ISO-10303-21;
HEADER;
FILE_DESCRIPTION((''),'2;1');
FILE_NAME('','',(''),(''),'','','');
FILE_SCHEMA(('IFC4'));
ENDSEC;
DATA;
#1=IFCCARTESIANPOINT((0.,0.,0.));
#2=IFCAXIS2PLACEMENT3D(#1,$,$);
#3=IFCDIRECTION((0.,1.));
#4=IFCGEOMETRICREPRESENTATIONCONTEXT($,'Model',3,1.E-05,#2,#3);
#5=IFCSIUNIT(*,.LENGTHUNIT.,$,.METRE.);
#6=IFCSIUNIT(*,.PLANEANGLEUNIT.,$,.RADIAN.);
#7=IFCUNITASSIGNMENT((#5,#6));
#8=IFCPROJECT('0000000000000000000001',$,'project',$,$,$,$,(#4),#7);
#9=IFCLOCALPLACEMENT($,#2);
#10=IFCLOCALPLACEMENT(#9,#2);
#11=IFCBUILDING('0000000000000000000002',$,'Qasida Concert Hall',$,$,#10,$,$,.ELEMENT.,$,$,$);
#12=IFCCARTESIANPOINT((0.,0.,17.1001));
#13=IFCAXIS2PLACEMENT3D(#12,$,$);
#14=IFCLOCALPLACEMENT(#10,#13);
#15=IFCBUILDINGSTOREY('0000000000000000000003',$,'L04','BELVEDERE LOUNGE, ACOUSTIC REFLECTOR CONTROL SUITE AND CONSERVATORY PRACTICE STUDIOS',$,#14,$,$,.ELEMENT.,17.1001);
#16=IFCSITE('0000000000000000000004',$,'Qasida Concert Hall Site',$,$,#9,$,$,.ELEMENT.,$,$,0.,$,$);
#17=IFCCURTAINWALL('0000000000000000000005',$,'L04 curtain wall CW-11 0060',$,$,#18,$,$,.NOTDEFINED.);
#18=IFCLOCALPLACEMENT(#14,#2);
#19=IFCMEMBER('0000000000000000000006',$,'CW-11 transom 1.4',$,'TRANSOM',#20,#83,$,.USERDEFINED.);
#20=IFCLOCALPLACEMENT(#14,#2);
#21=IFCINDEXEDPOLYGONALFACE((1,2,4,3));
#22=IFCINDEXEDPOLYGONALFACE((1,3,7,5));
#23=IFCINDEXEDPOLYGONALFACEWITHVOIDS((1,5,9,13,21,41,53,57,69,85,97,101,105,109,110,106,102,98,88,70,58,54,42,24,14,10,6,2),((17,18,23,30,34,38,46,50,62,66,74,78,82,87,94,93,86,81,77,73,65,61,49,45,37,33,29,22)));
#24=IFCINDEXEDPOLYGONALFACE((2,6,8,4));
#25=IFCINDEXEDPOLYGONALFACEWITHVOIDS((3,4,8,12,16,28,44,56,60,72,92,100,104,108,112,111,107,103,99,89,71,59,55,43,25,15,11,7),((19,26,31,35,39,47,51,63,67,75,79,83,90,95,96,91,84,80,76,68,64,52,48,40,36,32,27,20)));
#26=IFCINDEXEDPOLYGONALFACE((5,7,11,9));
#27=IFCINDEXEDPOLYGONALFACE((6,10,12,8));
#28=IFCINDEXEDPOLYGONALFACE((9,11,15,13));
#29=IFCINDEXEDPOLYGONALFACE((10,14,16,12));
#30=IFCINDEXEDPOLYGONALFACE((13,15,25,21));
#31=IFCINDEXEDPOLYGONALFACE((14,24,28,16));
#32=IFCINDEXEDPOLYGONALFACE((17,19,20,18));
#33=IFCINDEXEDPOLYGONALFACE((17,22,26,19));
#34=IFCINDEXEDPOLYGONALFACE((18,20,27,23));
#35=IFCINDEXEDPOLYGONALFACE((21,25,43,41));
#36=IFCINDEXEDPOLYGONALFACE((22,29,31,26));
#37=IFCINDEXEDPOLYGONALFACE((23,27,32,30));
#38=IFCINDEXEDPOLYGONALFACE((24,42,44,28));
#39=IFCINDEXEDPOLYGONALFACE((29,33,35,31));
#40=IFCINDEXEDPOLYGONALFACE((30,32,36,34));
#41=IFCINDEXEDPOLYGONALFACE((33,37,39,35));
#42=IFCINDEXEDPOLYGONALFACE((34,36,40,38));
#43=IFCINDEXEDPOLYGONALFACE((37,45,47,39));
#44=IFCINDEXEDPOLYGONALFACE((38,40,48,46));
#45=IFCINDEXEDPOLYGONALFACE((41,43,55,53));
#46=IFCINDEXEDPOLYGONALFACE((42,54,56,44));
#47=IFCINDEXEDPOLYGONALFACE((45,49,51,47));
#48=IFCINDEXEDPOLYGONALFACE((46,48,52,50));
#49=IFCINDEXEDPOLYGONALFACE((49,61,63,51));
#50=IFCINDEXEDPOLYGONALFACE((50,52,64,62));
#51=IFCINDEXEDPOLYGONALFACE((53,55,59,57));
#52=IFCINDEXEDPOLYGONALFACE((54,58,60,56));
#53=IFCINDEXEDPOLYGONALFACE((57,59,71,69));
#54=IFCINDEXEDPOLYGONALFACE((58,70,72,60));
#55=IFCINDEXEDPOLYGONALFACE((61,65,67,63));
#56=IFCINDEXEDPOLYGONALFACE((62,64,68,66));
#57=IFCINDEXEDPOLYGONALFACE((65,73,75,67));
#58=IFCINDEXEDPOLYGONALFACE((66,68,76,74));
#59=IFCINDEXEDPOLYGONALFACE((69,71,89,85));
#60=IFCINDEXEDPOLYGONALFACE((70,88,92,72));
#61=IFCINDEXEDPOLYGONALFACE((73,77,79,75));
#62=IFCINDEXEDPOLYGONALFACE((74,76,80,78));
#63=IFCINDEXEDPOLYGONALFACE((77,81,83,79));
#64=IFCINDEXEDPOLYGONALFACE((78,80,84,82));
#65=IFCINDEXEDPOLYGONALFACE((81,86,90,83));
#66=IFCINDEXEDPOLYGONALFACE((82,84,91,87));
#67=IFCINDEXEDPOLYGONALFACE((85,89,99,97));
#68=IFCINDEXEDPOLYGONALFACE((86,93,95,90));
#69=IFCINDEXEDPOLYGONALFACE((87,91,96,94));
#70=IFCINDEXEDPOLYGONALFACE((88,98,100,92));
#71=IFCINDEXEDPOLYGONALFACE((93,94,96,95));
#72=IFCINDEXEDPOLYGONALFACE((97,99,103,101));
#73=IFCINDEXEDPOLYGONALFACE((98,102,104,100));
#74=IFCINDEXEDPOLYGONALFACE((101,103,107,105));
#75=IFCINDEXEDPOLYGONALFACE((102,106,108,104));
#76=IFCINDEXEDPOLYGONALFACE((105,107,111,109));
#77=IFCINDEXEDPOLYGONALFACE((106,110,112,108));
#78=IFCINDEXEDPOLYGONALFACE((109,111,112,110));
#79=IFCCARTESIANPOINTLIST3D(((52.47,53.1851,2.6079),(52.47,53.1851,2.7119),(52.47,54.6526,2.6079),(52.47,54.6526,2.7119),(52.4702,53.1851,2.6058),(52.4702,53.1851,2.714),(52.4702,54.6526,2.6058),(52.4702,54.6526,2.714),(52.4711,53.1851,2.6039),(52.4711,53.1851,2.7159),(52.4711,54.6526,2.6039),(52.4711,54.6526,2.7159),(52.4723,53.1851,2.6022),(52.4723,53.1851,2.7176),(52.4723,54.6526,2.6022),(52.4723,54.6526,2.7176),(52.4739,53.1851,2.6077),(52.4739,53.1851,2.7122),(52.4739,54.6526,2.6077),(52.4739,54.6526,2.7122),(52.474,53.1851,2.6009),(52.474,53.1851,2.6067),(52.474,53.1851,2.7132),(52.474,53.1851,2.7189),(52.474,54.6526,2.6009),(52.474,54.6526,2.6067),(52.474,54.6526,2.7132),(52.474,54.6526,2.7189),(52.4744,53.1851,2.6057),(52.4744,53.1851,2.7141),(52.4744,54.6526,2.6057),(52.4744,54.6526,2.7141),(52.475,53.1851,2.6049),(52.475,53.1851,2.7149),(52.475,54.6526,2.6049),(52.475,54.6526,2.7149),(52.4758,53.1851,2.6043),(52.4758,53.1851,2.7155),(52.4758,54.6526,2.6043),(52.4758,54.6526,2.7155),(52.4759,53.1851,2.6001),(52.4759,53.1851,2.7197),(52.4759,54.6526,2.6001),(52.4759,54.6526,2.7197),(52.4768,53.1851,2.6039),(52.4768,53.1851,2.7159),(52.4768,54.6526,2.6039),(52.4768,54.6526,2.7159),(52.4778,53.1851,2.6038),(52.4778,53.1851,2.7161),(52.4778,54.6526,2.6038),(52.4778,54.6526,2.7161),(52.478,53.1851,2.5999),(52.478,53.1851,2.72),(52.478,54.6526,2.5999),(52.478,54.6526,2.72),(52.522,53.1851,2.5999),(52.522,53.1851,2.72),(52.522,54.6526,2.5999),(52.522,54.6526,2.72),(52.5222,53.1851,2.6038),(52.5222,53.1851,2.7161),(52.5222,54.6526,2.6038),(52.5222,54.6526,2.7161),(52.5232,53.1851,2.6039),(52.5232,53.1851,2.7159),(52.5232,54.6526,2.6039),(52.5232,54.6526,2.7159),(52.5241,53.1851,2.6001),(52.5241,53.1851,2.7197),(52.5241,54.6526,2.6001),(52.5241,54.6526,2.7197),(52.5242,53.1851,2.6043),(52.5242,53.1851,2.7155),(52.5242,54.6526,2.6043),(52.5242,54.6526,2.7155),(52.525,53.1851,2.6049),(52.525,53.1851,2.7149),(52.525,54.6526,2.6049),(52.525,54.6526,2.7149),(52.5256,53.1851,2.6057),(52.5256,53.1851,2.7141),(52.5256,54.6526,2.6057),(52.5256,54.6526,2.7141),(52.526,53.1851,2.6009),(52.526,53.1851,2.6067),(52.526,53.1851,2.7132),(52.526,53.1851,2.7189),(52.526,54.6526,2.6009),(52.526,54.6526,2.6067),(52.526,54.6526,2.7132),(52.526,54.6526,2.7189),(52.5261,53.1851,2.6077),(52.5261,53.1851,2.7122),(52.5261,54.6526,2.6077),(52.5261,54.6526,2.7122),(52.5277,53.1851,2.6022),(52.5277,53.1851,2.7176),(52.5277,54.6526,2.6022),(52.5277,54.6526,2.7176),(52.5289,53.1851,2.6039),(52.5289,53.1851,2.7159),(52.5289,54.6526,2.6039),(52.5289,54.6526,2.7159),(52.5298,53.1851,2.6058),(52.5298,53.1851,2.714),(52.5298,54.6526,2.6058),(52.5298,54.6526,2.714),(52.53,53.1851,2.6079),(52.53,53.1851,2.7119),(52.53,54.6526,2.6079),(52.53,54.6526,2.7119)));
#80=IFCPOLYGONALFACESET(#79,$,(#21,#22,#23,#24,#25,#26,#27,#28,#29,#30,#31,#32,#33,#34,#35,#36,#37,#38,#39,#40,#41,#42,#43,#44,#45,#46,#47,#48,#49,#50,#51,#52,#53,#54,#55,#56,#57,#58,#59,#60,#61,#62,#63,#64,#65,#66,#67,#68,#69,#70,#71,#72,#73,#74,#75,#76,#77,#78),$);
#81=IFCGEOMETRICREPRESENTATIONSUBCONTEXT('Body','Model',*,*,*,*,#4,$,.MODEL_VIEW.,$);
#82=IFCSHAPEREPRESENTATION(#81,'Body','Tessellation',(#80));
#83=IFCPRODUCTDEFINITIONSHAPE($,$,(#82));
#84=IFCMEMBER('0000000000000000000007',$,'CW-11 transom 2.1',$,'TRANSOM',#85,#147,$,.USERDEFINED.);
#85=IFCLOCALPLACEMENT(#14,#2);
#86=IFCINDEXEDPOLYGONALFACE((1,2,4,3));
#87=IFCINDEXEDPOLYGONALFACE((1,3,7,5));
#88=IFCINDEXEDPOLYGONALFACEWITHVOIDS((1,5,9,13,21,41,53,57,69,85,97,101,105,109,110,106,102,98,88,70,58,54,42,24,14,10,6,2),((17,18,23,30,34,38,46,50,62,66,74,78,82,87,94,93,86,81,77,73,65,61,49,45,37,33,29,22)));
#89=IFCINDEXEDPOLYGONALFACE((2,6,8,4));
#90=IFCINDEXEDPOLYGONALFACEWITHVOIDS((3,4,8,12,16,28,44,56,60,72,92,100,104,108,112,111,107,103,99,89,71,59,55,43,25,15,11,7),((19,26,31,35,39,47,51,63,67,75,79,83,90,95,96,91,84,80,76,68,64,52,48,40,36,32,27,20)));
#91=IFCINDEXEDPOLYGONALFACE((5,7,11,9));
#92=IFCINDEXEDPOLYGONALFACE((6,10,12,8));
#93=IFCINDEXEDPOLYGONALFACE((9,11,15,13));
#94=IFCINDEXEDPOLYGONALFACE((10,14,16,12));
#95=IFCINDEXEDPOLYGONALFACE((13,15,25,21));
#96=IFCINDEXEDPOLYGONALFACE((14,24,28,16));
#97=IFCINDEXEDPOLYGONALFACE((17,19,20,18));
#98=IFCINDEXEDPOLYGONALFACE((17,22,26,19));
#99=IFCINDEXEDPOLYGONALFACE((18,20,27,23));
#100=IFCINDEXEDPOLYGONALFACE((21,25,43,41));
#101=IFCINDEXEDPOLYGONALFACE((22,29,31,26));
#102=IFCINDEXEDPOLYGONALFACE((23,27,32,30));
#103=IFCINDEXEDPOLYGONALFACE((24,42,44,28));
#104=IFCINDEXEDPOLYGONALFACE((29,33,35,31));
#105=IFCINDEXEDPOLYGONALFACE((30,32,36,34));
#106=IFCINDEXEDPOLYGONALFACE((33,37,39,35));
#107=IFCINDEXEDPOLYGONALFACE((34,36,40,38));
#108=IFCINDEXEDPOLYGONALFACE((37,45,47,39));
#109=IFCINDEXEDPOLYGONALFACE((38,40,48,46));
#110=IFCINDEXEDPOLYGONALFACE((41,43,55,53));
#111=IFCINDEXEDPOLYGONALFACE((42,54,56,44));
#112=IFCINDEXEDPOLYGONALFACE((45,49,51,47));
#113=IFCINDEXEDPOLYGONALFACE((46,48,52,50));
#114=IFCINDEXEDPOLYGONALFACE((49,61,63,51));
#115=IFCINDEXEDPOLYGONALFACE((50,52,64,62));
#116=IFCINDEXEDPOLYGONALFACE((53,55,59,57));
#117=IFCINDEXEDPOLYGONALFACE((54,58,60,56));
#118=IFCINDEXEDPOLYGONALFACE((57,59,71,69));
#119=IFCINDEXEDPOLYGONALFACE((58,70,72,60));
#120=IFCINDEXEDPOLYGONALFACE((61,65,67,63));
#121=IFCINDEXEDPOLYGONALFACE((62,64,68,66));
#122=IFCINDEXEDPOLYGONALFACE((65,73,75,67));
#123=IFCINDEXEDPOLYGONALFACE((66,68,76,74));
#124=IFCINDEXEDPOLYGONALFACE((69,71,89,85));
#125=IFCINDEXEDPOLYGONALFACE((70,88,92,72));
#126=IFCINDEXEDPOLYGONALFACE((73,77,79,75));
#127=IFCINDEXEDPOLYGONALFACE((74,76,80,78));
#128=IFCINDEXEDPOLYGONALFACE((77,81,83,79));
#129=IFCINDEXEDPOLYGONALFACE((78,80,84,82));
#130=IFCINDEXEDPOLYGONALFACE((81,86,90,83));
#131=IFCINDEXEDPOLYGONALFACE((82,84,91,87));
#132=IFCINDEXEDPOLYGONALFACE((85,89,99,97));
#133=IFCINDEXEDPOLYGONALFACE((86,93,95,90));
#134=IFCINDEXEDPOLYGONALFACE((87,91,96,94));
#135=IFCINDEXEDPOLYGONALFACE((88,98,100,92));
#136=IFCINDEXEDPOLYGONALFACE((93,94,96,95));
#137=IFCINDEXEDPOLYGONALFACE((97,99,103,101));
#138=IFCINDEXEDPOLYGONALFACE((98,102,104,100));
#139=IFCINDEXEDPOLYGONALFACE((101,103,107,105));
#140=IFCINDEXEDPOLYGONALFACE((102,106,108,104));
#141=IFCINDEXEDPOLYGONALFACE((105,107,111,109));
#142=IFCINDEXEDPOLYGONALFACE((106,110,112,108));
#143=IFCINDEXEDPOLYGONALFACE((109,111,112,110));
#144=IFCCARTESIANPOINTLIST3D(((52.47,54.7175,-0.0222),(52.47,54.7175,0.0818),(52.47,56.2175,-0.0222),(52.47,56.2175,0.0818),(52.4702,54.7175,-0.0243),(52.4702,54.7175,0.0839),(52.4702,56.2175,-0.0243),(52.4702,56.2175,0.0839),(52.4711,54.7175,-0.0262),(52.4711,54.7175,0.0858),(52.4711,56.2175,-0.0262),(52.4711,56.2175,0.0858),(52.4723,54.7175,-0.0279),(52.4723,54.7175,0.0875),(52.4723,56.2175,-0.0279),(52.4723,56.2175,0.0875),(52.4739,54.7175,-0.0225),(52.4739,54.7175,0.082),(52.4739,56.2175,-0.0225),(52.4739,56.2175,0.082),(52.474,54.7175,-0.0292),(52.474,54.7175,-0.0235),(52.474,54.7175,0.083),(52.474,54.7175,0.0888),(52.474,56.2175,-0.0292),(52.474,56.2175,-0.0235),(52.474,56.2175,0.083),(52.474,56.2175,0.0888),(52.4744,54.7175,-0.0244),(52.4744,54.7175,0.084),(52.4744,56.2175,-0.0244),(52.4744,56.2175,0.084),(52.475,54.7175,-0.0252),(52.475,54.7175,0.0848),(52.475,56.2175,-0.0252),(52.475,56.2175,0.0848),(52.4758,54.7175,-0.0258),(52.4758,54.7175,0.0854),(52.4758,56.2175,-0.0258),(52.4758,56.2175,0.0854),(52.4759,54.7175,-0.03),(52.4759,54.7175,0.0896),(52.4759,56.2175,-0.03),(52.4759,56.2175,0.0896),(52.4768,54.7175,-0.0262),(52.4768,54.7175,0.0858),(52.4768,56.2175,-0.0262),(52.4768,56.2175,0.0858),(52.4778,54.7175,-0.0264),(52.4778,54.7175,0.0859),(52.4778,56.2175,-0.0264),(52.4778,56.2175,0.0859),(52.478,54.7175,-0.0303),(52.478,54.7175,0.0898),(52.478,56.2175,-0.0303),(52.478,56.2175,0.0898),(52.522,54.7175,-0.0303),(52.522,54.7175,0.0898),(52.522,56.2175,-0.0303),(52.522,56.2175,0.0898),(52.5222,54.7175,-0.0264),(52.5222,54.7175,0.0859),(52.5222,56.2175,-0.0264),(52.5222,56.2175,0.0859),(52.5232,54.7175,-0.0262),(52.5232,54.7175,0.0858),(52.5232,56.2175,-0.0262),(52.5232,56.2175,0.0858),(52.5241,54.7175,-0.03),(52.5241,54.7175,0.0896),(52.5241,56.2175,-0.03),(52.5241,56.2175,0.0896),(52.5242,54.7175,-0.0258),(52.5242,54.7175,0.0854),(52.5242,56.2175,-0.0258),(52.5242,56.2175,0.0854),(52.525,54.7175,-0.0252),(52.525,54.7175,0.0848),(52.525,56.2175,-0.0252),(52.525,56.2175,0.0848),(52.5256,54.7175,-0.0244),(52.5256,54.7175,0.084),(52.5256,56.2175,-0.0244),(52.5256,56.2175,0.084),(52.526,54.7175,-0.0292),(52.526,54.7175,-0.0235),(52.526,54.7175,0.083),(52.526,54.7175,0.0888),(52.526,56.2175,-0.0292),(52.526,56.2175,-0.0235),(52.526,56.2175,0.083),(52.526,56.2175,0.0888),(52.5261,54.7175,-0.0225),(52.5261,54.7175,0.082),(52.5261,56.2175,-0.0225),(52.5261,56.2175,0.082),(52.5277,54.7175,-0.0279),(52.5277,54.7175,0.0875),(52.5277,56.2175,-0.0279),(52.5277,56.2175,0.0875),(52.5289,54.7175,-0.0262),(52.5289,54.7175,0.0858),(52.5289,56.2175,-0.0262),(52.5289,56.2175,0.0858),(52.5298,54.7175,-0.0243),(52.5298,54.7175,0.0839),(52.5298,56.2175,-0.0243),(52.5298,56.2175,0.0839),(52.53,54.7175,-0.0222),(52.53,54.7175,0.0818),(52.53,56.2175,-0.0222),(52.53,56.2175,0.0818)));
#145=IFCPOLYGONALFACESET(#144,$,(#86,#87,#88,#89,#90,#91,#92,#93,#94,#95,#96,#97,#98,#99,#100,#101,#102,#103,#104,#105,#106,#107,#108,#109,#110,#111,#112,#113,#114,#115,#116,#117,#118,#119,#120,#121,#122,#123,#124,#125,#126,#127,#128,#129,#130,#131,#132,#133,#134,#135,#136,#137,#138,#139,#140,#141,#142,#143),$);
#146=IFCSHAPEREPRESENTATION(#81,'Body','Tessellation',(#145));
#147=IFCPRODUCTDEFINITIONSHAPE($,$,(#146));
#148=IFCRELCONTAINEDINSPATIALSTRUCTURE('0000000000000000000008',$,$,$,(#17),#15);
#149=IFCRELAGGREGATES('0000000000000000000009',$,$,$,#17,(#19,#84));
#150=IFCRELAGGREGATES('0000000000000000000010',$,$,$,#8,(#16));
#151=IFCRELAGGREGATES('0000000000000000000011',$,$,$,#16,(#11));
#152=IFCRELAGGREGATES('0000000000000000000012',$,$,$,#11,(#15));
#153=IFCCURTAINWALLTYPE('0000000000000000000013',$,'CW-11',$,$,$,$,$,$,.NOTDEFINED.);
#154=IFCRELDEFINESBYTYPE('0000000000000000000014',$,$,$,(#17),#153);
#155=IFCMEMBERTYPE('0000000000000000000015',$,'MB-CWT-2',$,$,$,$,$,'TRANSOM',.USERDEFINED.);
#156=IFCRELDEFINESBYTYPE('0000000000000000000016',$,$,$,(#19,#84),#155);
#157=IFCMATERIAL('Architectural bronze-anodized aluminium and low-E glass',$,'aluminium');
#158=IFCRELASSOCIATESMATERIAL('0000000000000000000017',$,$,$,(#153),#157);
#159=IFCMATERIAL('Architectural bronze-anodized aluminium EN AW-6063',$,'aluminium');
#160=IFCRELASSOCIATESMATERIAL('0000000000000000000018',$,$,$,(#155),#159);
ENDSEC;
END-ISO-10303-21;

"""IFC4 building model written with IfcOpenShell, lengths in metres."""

from ifc_helpers import new_model, si_unit, direction, frame, origin, origin_2d, place, context, subcontext, project, spatial, hollow_rectangle, extrude, material, material_profile, profile_set, type_object, element, aggregate, save


model = new_model("IFC4")

# Units and contexts
model_context = context("Model", 3, precision=1e-05, world=origin(), true_north=direction((0.0, 1.0)))
body_context = subcontext(model_context, "Body", "Model", "MODEL_VIEW")
ifc_project = project(units=[si_unit("LENGTHUNIT", "METRE"), si_unit("PLANEANGLEUNIT", "RADIAN")], contexts=[model_context])

# Site, building, storey
site_placement = place(None, origin())
site = spatial("IfcSite", under=ifc_project, at=site_placement, Name="Qasida Concert Hall Site", CompositionType="ELEMENT", RefElevation=0.0)
building_placement = place(site_placement, origin())
building = spatial("IfcBuilding", under=site, at=building_placement, Name="Qasida Concert Hall", CompositionType="ELEMENT")
storey_placement = place(building_placement, frame((0.0, 0.0, 17.1001)))
storey = spatial("IfcBuildingStorey", under=building, at=storey_placement, Name="L04", Description="BELVEDERE LOUNGE, ACOUSTIC REFLECTOR CONTROL SUITE AND CONSERVATORY PRACTICE STUDIOS", CompositionType="ELEMENT", Elevation=17.1001)

# Curtain wall, members
ifc_material_1 = material(Name="Architectural bronze-anodized aluminium and low-E glass", Category="aluminium")
curtain_wall_type = type_object("IfcCurtainWallType", Name="CW-11", PredefinedType="NOTDEFINED", material=ifc_material_1)
curtain_wall_placement = place(storey_placement, origin())
curtain_wall = element("IfcCurtainWall", 1, at=curtain_wall_placement, inside=storey, type_object=curtain_wall_type, Name="L04 curtain wall CW-11 0060", PredefinedType="NOTDEFINED")
ifc_material_2 = material(Name="Architectural bronze-anodized aluminium EN AW-6063", Category="aluminium")
ifc_material_profile_1 = material_profile(ifc_material_2, hollow_rectangle(XDim=0.0601, YDim=0.1201, WallThickness=0.0039, InnerFilletRadius=0.0039, OuterFilletRadius=0.0081, at=origin_2d()), Name="CWT 120x60x4")
ifc_profile_set_1 = profile_set([ifc_material_profile_1], Name="Architectural bronze-anodized aluminium EN AW-6063")
member_type_1 = type_object("IfcMemberType", Name="MB-CWT-2", ElementType="TRANSOM", PredefinedType="USERDEFINED", material=ifc_profile_set_1)
member_1_placement = place(storey_placement, frame((52.5, 53.1851, 2.6599), z_axis=(0.0, 1.0, 0.0), x_axis=(-1.0, 0.0, 0.0)))
member_1 = element("IfcMember", 2, at=member_1_placement, type_object=member_type_1, Name="CW-11 transom 1.4", ObjectType="TRANSOM", PredefinedType="USERDEFINED", context=body_context, shape_type="SweptSolid", body=[
    extrude(hollow_rectangle(XDim=0.0601, YDim=0.1201, WallThickness=0.0039, InnerFilletRadius=0.0039, OuterFilletRadius=0.0081, at=origin_2d()), origin(), (0.0, 0.0, 1.0), 1.4675),
])
member_2_placement = place(storey_placement, frame((52.5, 54.7175, 0.0298), z_axis=(0.0, 1.0, 0.0), x_axis=(-1.0, 0.0, 0.0)))
member_2 = element("IfcMember", 3, at=member_2_placement, type_object=member_type_1, Name="CW-11 transom 2.1", ObjectType="TRANSOM", PredefinedType="USERDEFINED", context=body_context, shape_type="SweptSolid", body=[
    extrude(hollow_rectangle(XDim=0.0601, YDim=0.1201, WallThickness=0.0039, InnerFilletRadius=0.0039, OuterFilletRadius=0.0081, at=origin_2d()), origin(), (0.0, 0.0, 1.0), 1.5),
])
aggregate(curtain_wall, [member_1, member_2])

save(model, "model.ifc")
